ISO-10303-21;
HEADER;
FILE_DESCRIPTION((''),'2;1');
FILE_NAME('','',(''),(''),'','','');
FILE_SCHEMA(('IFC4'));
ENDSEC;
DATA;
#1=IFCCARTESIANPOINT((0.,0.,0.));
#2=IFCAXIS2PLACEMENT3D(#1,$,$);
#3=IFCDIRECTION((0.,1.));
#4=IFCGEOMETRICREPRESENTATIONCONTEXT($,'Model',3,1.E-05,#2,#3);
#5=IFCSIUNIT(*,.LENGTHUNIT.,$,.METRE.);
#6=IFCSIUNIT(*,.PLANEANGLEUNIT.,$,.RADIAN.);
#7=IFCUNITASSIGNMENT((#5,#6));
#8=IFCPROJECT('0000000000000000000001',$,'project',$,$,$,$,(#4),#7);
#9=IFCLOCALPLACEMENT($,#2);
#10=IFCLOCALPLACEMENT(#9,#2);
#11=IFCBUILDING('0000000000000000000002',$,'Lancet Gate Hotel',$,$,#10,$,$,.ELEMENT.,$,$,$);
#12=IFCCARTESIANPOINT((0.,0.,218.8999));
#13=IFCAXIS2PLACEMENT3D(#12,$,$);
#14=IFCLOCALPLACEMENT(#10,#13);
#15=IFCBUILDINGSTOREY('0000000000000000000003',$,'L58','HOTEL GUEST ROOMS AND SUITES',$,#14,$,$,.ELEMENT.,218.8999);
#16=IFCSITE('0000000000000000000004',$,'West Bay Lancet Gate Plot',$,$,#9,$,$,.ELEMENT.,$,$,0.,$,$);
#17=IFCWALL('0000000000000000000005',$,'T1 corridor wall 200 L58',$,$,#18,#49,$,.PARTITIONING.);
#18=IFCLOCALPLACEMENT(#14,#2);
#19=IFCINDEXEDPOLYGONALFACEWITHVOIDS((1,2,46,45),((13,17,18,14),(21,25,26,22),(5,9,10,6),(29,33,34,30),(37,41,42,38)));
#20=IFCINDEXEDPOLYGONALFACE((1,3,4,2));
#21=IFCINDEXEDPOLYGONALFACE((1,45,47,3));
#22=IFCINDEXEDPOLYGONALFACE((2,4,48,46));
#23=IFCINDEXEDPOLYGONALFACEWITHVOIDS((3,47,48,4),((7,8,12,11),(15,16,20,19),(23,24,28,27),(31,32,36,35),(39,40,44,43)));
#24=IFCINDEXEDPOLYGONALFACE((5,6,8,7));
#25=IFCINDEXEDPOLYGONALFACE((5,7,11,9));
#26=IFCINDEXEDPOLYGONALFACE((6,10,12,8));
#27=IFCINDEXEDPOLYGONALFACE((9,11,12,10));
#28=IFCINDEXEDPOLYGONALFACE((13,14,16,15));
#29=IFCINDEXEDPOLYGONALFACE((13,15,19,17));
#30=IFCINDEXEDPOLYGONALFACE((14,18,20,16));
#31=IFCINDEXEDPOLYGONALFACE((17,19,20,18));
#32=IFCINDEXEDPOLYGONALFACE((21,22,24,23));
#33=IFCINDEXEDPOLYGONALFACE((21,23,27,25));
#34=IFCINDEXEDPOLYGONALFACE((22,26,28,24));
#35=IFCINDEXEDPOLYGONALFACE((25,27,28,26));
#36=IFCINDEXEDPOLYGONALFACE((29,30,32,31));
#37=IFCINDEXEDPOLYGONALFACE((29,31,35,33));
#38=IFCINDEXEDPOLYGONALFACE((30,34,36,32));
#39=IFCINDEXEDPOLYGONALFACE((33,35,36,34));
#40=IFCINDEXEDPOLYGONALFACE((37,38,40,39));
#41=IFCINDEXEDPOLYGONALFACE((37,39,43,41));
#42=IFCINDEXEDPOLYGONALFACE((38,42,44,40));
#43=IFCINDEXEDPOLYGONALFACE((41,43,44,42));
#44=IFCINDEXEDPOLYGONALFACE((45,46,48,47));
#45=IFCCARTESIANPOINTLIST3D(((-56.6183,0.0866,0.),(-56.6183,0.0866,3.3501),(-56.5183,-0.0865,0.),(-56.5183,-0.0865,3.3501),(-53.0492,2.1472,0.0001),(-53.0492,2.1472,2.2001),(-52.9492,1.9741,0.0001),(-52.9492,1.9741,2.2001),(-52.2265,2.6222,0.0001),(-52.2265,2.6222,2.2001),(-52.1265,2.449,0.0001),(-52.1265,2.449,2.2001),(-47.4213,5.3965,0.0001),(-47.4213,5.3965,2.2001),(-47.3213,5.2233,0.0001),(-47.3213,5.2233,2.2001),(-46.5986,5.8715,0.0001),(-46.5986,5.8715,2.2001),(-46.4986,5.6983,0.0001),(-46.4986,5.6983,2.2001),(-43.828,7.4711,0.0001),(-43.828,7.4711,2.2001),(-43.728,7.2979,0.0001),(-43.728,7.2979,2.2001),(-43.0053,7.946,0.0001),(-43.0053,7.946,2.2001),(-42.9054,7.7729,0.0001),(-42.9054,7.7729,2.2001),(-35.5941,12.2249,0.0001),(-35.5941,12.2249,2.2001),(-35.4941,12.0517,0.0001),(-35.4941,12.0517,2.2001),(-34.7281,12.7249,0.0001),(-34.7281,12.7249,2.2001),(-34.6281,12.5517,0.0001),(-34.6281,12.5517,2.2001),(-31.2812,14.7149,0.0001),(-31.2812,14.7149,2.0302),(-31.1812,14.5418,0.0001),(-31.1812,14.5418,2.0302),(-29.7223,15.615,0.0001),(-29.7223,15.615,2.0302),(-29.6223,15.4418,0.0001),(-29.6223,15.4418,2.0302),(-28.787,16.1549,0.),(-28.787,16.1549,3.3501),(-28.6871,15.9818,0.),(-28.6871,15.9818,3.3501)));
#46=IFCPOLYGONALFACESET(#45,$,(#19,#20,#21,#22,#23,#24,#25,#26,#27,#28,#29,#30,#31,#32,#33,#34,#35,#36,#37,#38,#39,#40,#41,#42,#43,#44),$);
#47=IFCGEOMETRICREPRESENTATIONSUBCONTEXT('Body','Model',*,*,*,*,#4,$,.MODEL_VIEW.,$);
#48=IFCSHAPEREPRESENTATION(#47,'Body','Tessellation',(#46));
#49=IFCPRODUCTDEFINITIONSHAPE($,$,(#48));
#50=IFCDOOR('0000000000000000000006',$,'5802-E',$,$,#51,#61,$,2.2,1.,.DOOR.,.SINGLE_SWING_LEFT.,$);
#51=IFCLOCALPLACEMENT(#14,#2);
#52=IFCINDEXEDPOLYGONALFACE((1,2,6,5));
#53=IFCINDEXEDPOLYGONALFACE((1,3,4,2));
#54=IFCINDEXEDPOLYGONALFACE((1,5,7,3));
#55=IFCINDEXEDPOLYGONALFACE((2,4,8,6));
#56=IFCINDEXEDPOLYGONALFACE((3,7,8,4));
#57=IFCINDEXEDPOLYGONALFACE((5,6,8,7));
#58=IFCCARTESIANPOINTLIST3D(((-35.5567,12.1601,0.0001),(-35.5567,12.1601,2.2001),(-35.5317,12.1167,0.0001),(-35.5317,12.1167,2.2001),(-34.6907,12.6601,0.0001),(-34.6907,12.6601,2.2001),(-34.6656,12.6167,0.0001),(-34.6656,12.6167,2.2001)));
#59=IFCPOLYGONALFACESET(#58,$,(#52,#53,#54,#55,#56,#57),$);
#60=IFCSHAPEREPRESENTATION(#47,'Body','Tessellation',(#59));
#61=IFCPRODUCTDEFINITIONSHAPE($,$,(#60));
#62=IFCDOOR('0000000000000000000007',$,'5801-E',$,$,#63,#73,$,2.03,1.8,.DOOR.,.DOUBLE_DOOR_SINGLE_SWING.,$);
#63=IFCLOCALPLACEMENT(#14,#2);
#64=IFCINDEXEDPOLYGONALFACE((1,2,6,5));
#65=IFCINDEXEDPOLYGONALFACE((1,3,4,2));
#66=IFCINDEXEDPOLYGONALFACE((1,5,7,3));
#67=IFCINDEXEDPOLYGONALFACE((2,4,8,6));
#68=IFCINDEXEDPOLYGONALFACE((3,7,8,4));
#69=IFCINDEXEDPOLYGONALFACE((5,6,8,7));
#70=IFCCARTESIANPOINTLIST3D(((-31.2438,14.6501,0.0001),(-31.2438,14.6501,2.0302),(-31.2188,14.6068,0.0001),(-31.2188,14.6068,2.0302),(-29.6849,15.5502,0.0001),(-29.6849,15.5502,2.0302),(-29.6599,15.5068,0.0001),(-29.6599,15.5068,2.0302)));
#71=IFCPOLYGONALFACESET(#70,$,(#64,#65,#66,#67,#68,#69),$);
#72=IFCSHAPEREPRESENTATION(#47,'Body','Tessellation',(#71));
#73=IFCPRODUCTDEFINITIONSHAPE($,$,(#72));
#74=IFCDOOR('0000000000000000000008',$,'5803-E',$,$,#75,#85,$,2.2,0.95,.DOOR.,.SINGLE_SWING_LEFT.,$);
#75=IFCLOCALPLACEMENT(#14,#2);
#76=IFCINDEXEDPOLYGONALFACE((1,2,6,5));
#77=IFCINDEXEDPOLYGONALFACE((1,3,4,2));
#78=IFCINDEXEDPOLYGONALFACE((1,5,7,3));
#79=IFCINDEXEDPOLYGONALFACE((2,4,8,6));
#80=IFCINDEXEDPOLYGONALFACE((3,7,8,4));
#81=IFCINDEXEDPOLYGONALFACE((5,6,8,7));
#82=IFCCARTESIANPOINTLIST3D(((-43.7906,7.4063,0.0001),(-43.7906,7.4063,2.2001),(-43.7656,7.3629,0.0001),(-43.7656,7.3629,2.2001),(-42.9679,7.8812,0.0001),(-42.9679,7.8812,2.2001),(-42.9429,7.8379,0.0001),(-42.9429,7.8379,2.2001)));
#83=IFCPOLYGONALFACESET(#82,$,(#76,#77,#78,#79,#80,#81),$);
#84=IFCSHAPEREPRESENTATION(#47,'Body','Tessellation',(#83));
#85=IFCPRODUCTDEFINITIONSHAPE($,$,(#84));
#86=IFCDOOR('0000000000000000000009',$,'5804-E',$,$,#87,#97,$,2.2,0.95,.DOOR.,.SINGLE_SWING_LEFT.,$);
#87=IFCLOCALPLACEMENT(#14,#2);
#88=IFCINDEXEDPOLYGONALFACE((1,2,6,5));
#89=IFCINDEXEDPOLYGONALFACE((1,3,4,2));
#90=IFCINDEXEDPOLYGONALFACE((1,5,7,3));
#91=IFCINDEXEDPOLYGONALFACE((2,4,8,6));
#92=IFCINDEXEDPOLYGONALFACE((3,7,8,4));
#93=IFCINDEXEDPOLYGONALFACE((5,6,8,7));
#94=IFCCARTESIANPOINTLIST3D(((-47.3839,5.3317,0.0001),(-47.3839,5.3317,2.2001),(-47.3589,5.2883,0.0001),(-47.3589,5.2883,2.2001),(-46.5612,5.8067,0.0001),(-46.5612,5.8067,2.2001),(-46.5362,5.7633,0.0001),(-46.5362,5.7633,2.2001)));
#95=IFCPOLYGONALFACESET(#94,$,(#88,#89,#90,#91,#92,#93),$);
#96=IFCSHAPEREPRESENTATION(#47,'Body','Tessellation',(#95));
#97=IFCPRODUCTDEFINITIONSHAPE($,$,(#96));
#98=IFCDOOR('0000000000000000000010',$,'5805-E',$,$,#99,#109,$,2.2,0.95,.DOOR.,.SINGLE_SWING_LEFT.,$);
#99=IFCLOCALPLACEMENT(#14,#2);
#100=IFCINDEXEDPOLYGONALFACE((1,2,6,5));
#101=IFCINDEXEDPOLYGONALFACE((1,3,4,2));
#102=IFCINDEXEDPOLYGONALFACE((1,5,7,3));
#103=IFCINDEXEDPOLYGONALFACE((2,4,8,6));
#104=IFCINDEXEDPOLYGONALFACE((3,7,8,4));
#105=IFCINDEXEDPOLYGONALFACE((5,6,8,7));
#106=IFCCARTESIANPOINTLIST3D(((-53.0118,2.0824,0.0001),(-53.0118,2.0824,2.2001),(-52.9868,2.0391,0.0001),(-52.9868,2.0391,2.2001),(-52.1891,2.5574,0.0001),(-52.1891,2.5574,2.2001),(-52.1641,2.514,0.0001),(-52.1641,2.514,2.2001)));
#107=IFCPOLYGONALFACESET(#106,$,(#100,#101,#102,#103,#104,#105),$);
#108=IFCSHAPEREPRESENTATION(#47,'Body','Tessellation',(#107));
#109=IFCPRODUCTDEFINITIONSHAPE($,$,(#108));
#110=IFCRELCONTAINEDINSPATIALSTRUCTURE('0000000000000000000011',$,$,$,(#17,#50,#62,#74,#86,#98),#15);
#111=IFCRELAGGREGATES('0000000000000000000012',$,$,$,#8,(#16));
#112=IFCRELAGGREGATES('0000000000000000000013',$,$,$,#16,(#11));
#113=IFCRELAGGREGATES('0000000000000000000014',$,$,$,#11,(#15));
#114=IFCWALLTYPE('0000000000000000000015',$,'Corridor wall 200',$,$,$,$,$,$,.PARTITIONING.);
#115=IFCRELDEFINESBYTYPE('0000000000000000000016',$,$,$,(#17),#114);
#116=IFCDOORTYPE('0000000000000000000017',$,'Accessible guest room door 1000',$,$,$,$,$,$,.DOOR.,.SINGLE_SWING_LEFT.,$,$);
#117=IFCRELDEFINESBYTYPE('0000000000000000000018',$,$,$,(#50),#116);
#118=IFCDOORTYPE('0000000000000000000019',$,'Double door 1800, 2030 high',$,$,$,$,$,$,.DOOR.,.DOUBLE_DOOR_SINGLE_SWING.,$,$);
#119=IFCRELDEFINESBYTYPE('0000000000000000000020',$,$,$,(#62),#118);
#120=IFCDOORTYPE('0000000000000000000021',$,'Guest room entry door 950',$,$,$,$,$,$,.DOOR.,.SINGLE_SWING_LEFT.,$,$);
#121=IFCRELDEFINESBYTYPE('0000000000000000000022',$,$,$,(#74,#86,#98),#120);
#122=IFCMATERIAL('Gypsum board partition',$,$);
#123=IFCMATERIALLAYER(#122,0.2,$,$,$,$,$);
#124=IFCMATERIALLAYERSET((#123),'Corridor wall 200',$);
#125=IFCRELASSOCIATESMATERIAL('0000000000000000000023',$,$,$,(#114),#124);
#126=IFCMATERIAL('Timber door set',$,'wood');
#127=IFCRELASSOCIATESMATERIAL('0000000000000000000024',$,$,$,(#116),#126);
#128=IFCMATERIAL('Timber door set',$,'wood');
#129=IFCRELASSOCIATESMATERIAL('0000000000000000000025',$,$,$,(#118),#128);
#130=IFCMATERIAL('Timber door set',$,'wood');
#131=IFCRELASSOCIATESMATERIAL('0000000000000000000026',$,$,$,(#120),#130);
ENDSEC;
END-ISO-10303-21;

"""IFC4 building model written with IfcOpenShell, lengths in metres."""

from ifc_helpers import new_model, si_unit, direction, frame, frame_2d, origin, place, context, subcontext, project, spatial, rectangle, extrude, material, layer, layer_set, type_object, element, fill, save


model = new_model("IFC4")

# Units and contexts
model_context = context("Model", 3, precision=1e-05, world=origin(), true_north=direction((0.0, 1.0)))
body_context = subcontext(model_context, "Body", "Model", "MODEL_VIEW")
ifc_project = project(units=[si_unit("LENGTHUNIT", "METRE"), si_unit("PLANEANGLEUNIT", "RADIAN")], contexts=[model_context])

# Site, building, storey
site_placement = place(None, origin())
site = spatial("IfcSite", under=ifc_project, at=site_placement, Name="West Bay Lancet Gate Plot", CompositionType="ELEMENT", RefElevation=0.0)
building_placement = place(site_placement, origin())
building = spatial("IfcBuilding", under=site, at=building_placement, Name="Lancet Gate Hotel", CompositionType="ELEMENT")
storey_placement = place(building_placement, frame((0.0, 0.0, 218.8999)))
storey = spatial("IfcBuildingStorey", under=building, at=storey_placement, Name="L58", Description="HOTEL GUEST ROOMS AND SUITES", CompositionType="ELEMENT", Elevation=218.8999)

# Wall, openings, doors
ifc_material_1 = material(Name="Gypsum board partition")
ifc_layer_1 = layer(ifc_material_1, 0.2)
ifc_layer_set_1 = layer_set([ifc_layer_1], Name="Corridor wall 200")
wall_type_1 = type_object("IfcWallType", Name="Corridor wall 200", PredefinedType="PARTITIONING", material=ifc_layer_set_1)
wall_1_placement = place(storey_placement, frame((-28.7371, 16.0684, 0.0), z_axis=(0.0, 0.0, 1.0), x_axis=(-0.866026, -0.499999, 0.0)))
wall_1 = element("IfcWall", 1, at=wall_1_placement, inside=storey, type_object=wall_type_1, Name="T1 corridor wall 200 L58", PredefinedType="PARTITIONING", context=body_context, shape_type="SweptSolid", body=[
    extrude(rectangle(XDim=32.1367, YDim=0.2, at=frame_2d((16.0684, 0.0))), origin(), (0.0, 0.0, 1.0), 3.3501),
])
opening_1_placement = place(wall_1_placement, frame((1.0801, 0.0, 0.0)))
opening_1 = element("IfcOpeningElement", 2, at=opening_1_placement, cuts=wall_1, PredefinedType="OPENING", context=body_context, shape_type="SweptSolid", body=[
    extrude(rectangle(XDim=1.8, YDim=2.03, at=frame_2d((0.8999, 1.0151))), frame((0.0, 0.1099, 0.0), z_axis=(0.0, -1.0, 0.0), x_axis=(1.0, 0.0, 0.0)), (0.0, 0.0, 1.0), 0.22),
])
opening_2_placement = place(wall_1_placement, frame((6.8601, 0.0, 0.0)))
opening_2 = element("IfcOpeningElement", 3, at=opening_2_placement, cuts=wall_1, PredefinedType="OPENING", context=body_context, shape_type="SweptSolid", body=[
    extrude(rectangle(XDim=1.0, YDim=2.2, at=frame_2d((0.5, 1.1001))), frame((0.0, 0.1099, 0.0), z_axis=(0.0, -1.0, 0.0), x_axis=(1.0, 0.0, 0.0)), (0.0, 0.0, 1.0), 0.22),
])
opening_3_placement = place(wall_1_placement, frame((16.4177, 0.0, 0.0)))
opening_3 = element("IfcOpeningElement", 4, at=opening_3_placement, cuts=wall_1, PredefinedType="OPENING", context=body_context, shape_type="SweptSolid", body=[
    extrude(rectangle(XDim=0.95, YDim=2.2, at=frame_2d((0.4751, 1.1001))), frame((0.0, 0.1099, 0.0), z_axis=(0.0, -1.0, 0.0), x_axis=(1.0, 0.0, 0.0)), (0.0, 0.0, 1.0), 0.22),
])
opening_4_placement = place(wall_1_placement, frame((20.5669, 0.0, 0.0)))
opening_4 = element("IfcOpeningElement", 5, at=opening_4_placement, cuts=wall_1, PredefinedType="OPENING", context=body_context, shape_type="SweptSolid", body=[
    extrude(rectangle(XDim=0.95, YDim=2.2, at=frame_2d((0.4751, 1.1001))), frame((0.0, 0.1099, 0.0), z_axis=(0.0, -1.0, 0.0), x_axis=(1.0, 0.0, 0.0)), (0.0, 0.0, 1.0), 0.22),
])
opening_5_placement = place(wall_1_placement, frame((27.0654, 0.0, 0.0)))
opening_5 = element("IfcOpeningElement", 6, at=opening_5_placement, cuts=wall_1, PredefinedType="OPENING", context=body_context, shape_type="SweptSolid", body=[
    extrude(rectangle(XDim=0.95, YDim=2.2, at=frame_2d((0.4751, 1.1001))), frame((0.0, 0.1099, 0.0), z_axis=(0.0, -1.0, 0.0), x_axis=(1.0, 0.0, 0.0)), (0.0, 0.0, 1.0), 0.22),
])
ifc_material_2 = material(Name="Timber door set", Category="wood")
door_type_1 = type_object("IfcDoorType", Name="Accessible guest room door 1000", OperationType="SINGLE_SWING_LEFT", PredefinedType="DOOR", material=ifc_material_2)
door_1_placement = place(opening_2_placement, origin())
door_1 = element("IfcDoor", 7, at=door_1_placement, inside=storey, type_object=door_type_1, Name="5802-E", OperationType="SINGLE_SWING_LEFT", OverallHeight=2.2, OverallWidth=1.0, PredefinedType="DOOR", context=body_context, shape_type="SweptSolid", body=[
    extrude(rectangle(XDim=1.0, YDim=2.2, at=frame_2d((0.5, 1.1001))), frame((0.0, 0.0249, 0.0), z_axis=(0.0, -1.0, 0.0), x_axis=(1.0, 0.0, 0.0)), (0.0, 0.0, 1.0), 0.05),
])
fill(opening_2, door_1)
ifc_material_3 = material(Name="Timber door set", Category="wood")
door_type_2 = type_object("IfcDoorType", Name="Double door 1800, 2030 high", OperationType="DOUBLE_DOOR_SINGLE_SWING", PredefinedType="DOOR", material=ifc_material_3)
door_2_placement = place(opening_1_placement, origin())
door_2 = element("IfcDoor", 8, at=door_2_placement, inside=storey, type_object=door_type_2, Name="5801-E", OperationType="DOUBLE_DOOR_SINGLE_SWING", OverallHeight=2.03, OverallWidth=1.8, PredefinedType="DOOR", context=body_context, shape_type="SweptSolid", body=[
    extrude(rectangle(XDim=1.8, YDim=2.03, at=frame_2d((0.8999, 1.0151))), frame((0.0, 0.0249, 0.0), z_axis=(0.0, -1.0, 0.0), x_axis=(1.0, 0.0, 0.0)), (0.0, 0.0, 1.0), 0.05),
])
fill(opening_1, door_2)
ifc_material_4 = material(Name="Timber door set", Category="wood")
door_type_3 = type_object("IfcDoorType", Name="Guest room entry door 950", OperationType="SINGLE_SWING_LEFT", PredefinedType="DOOR", material=ifc_material_4)
door_3_placement = place(opening_3_placement, origin())
door_3 = element("IfcDoor", 9, at=door_3_placement, inside=storey, type_object=door_type_3, Name="5803-E", OperationType="SINGLE_SWING_LEFT", OverallHeight=2.2, OverallWidth=0.95, PredefinedType="DOOR", context=body_context, shape_type="SweptSolid", body=[
    extrude(rectangle(XDim=0.95, YDim=2.2, at=frame_2d((0.4751, 1.1001))), frame((0.0, 0.0249, 0.0), z_axis=(0.0, -1.0, 0.0), x_axis=(1.0, 0.0, 0.0)), (0.0, 0.0, 1.0), 0.05),
])
fill(opening_3, door_3)
door_4_placement = place(opening_4_placement, origin())
door_4 = element("IfcDoor", 10, at=door_4_placement, inside=storey, type_object=door_type_3, Name="5804-E", OperationType="SINGLE_SWING_LEFT", OverallHeight=2.2, OverallWidth=0.95, PredefinedType="DOOR", context=body_context, shape_type="SweptSolid", body=[
    extrude(rectangle(XDim=0.95, YDim=2.2, at=frame_2d((0.4751, 1.1001))), frame((0.0, 0.0249, 0.0), z_axis=(0.0, -1.0, 0.0), x_axis=(1.0, 0.0, 0.0)), (0.0, 0.0, 1.0), 0.05),
])
fill(opening_4, door_4)
door_5_placement = place(opening_5_placement, origin())
door_5 = element("IfcDoor", 11, at=door_5_placement, inside=storey, type_object=door_type_3, Name="5805-E", OperationType="SINGLE_SWING_LEFT", OverallHeight=2.2, OverallWidth=0.95, PredefinedType="DOOR", context=body_context, shape_type="SweptSolid", body=[
    extrude(rectangle(XDim=0.95, YDim=2.2, at=frame_2d((0.4751, 1.1001))), frame((0.0, 0.0249, 0.0), z_axis=(0.0, -1.0, 0.0), x_axis=(1.0, 0.0, 0.0)), (0.0, 0.0, 1.0), 0.05),
])
fill(opening_5, door_5)

save(model, "model.ifc")
